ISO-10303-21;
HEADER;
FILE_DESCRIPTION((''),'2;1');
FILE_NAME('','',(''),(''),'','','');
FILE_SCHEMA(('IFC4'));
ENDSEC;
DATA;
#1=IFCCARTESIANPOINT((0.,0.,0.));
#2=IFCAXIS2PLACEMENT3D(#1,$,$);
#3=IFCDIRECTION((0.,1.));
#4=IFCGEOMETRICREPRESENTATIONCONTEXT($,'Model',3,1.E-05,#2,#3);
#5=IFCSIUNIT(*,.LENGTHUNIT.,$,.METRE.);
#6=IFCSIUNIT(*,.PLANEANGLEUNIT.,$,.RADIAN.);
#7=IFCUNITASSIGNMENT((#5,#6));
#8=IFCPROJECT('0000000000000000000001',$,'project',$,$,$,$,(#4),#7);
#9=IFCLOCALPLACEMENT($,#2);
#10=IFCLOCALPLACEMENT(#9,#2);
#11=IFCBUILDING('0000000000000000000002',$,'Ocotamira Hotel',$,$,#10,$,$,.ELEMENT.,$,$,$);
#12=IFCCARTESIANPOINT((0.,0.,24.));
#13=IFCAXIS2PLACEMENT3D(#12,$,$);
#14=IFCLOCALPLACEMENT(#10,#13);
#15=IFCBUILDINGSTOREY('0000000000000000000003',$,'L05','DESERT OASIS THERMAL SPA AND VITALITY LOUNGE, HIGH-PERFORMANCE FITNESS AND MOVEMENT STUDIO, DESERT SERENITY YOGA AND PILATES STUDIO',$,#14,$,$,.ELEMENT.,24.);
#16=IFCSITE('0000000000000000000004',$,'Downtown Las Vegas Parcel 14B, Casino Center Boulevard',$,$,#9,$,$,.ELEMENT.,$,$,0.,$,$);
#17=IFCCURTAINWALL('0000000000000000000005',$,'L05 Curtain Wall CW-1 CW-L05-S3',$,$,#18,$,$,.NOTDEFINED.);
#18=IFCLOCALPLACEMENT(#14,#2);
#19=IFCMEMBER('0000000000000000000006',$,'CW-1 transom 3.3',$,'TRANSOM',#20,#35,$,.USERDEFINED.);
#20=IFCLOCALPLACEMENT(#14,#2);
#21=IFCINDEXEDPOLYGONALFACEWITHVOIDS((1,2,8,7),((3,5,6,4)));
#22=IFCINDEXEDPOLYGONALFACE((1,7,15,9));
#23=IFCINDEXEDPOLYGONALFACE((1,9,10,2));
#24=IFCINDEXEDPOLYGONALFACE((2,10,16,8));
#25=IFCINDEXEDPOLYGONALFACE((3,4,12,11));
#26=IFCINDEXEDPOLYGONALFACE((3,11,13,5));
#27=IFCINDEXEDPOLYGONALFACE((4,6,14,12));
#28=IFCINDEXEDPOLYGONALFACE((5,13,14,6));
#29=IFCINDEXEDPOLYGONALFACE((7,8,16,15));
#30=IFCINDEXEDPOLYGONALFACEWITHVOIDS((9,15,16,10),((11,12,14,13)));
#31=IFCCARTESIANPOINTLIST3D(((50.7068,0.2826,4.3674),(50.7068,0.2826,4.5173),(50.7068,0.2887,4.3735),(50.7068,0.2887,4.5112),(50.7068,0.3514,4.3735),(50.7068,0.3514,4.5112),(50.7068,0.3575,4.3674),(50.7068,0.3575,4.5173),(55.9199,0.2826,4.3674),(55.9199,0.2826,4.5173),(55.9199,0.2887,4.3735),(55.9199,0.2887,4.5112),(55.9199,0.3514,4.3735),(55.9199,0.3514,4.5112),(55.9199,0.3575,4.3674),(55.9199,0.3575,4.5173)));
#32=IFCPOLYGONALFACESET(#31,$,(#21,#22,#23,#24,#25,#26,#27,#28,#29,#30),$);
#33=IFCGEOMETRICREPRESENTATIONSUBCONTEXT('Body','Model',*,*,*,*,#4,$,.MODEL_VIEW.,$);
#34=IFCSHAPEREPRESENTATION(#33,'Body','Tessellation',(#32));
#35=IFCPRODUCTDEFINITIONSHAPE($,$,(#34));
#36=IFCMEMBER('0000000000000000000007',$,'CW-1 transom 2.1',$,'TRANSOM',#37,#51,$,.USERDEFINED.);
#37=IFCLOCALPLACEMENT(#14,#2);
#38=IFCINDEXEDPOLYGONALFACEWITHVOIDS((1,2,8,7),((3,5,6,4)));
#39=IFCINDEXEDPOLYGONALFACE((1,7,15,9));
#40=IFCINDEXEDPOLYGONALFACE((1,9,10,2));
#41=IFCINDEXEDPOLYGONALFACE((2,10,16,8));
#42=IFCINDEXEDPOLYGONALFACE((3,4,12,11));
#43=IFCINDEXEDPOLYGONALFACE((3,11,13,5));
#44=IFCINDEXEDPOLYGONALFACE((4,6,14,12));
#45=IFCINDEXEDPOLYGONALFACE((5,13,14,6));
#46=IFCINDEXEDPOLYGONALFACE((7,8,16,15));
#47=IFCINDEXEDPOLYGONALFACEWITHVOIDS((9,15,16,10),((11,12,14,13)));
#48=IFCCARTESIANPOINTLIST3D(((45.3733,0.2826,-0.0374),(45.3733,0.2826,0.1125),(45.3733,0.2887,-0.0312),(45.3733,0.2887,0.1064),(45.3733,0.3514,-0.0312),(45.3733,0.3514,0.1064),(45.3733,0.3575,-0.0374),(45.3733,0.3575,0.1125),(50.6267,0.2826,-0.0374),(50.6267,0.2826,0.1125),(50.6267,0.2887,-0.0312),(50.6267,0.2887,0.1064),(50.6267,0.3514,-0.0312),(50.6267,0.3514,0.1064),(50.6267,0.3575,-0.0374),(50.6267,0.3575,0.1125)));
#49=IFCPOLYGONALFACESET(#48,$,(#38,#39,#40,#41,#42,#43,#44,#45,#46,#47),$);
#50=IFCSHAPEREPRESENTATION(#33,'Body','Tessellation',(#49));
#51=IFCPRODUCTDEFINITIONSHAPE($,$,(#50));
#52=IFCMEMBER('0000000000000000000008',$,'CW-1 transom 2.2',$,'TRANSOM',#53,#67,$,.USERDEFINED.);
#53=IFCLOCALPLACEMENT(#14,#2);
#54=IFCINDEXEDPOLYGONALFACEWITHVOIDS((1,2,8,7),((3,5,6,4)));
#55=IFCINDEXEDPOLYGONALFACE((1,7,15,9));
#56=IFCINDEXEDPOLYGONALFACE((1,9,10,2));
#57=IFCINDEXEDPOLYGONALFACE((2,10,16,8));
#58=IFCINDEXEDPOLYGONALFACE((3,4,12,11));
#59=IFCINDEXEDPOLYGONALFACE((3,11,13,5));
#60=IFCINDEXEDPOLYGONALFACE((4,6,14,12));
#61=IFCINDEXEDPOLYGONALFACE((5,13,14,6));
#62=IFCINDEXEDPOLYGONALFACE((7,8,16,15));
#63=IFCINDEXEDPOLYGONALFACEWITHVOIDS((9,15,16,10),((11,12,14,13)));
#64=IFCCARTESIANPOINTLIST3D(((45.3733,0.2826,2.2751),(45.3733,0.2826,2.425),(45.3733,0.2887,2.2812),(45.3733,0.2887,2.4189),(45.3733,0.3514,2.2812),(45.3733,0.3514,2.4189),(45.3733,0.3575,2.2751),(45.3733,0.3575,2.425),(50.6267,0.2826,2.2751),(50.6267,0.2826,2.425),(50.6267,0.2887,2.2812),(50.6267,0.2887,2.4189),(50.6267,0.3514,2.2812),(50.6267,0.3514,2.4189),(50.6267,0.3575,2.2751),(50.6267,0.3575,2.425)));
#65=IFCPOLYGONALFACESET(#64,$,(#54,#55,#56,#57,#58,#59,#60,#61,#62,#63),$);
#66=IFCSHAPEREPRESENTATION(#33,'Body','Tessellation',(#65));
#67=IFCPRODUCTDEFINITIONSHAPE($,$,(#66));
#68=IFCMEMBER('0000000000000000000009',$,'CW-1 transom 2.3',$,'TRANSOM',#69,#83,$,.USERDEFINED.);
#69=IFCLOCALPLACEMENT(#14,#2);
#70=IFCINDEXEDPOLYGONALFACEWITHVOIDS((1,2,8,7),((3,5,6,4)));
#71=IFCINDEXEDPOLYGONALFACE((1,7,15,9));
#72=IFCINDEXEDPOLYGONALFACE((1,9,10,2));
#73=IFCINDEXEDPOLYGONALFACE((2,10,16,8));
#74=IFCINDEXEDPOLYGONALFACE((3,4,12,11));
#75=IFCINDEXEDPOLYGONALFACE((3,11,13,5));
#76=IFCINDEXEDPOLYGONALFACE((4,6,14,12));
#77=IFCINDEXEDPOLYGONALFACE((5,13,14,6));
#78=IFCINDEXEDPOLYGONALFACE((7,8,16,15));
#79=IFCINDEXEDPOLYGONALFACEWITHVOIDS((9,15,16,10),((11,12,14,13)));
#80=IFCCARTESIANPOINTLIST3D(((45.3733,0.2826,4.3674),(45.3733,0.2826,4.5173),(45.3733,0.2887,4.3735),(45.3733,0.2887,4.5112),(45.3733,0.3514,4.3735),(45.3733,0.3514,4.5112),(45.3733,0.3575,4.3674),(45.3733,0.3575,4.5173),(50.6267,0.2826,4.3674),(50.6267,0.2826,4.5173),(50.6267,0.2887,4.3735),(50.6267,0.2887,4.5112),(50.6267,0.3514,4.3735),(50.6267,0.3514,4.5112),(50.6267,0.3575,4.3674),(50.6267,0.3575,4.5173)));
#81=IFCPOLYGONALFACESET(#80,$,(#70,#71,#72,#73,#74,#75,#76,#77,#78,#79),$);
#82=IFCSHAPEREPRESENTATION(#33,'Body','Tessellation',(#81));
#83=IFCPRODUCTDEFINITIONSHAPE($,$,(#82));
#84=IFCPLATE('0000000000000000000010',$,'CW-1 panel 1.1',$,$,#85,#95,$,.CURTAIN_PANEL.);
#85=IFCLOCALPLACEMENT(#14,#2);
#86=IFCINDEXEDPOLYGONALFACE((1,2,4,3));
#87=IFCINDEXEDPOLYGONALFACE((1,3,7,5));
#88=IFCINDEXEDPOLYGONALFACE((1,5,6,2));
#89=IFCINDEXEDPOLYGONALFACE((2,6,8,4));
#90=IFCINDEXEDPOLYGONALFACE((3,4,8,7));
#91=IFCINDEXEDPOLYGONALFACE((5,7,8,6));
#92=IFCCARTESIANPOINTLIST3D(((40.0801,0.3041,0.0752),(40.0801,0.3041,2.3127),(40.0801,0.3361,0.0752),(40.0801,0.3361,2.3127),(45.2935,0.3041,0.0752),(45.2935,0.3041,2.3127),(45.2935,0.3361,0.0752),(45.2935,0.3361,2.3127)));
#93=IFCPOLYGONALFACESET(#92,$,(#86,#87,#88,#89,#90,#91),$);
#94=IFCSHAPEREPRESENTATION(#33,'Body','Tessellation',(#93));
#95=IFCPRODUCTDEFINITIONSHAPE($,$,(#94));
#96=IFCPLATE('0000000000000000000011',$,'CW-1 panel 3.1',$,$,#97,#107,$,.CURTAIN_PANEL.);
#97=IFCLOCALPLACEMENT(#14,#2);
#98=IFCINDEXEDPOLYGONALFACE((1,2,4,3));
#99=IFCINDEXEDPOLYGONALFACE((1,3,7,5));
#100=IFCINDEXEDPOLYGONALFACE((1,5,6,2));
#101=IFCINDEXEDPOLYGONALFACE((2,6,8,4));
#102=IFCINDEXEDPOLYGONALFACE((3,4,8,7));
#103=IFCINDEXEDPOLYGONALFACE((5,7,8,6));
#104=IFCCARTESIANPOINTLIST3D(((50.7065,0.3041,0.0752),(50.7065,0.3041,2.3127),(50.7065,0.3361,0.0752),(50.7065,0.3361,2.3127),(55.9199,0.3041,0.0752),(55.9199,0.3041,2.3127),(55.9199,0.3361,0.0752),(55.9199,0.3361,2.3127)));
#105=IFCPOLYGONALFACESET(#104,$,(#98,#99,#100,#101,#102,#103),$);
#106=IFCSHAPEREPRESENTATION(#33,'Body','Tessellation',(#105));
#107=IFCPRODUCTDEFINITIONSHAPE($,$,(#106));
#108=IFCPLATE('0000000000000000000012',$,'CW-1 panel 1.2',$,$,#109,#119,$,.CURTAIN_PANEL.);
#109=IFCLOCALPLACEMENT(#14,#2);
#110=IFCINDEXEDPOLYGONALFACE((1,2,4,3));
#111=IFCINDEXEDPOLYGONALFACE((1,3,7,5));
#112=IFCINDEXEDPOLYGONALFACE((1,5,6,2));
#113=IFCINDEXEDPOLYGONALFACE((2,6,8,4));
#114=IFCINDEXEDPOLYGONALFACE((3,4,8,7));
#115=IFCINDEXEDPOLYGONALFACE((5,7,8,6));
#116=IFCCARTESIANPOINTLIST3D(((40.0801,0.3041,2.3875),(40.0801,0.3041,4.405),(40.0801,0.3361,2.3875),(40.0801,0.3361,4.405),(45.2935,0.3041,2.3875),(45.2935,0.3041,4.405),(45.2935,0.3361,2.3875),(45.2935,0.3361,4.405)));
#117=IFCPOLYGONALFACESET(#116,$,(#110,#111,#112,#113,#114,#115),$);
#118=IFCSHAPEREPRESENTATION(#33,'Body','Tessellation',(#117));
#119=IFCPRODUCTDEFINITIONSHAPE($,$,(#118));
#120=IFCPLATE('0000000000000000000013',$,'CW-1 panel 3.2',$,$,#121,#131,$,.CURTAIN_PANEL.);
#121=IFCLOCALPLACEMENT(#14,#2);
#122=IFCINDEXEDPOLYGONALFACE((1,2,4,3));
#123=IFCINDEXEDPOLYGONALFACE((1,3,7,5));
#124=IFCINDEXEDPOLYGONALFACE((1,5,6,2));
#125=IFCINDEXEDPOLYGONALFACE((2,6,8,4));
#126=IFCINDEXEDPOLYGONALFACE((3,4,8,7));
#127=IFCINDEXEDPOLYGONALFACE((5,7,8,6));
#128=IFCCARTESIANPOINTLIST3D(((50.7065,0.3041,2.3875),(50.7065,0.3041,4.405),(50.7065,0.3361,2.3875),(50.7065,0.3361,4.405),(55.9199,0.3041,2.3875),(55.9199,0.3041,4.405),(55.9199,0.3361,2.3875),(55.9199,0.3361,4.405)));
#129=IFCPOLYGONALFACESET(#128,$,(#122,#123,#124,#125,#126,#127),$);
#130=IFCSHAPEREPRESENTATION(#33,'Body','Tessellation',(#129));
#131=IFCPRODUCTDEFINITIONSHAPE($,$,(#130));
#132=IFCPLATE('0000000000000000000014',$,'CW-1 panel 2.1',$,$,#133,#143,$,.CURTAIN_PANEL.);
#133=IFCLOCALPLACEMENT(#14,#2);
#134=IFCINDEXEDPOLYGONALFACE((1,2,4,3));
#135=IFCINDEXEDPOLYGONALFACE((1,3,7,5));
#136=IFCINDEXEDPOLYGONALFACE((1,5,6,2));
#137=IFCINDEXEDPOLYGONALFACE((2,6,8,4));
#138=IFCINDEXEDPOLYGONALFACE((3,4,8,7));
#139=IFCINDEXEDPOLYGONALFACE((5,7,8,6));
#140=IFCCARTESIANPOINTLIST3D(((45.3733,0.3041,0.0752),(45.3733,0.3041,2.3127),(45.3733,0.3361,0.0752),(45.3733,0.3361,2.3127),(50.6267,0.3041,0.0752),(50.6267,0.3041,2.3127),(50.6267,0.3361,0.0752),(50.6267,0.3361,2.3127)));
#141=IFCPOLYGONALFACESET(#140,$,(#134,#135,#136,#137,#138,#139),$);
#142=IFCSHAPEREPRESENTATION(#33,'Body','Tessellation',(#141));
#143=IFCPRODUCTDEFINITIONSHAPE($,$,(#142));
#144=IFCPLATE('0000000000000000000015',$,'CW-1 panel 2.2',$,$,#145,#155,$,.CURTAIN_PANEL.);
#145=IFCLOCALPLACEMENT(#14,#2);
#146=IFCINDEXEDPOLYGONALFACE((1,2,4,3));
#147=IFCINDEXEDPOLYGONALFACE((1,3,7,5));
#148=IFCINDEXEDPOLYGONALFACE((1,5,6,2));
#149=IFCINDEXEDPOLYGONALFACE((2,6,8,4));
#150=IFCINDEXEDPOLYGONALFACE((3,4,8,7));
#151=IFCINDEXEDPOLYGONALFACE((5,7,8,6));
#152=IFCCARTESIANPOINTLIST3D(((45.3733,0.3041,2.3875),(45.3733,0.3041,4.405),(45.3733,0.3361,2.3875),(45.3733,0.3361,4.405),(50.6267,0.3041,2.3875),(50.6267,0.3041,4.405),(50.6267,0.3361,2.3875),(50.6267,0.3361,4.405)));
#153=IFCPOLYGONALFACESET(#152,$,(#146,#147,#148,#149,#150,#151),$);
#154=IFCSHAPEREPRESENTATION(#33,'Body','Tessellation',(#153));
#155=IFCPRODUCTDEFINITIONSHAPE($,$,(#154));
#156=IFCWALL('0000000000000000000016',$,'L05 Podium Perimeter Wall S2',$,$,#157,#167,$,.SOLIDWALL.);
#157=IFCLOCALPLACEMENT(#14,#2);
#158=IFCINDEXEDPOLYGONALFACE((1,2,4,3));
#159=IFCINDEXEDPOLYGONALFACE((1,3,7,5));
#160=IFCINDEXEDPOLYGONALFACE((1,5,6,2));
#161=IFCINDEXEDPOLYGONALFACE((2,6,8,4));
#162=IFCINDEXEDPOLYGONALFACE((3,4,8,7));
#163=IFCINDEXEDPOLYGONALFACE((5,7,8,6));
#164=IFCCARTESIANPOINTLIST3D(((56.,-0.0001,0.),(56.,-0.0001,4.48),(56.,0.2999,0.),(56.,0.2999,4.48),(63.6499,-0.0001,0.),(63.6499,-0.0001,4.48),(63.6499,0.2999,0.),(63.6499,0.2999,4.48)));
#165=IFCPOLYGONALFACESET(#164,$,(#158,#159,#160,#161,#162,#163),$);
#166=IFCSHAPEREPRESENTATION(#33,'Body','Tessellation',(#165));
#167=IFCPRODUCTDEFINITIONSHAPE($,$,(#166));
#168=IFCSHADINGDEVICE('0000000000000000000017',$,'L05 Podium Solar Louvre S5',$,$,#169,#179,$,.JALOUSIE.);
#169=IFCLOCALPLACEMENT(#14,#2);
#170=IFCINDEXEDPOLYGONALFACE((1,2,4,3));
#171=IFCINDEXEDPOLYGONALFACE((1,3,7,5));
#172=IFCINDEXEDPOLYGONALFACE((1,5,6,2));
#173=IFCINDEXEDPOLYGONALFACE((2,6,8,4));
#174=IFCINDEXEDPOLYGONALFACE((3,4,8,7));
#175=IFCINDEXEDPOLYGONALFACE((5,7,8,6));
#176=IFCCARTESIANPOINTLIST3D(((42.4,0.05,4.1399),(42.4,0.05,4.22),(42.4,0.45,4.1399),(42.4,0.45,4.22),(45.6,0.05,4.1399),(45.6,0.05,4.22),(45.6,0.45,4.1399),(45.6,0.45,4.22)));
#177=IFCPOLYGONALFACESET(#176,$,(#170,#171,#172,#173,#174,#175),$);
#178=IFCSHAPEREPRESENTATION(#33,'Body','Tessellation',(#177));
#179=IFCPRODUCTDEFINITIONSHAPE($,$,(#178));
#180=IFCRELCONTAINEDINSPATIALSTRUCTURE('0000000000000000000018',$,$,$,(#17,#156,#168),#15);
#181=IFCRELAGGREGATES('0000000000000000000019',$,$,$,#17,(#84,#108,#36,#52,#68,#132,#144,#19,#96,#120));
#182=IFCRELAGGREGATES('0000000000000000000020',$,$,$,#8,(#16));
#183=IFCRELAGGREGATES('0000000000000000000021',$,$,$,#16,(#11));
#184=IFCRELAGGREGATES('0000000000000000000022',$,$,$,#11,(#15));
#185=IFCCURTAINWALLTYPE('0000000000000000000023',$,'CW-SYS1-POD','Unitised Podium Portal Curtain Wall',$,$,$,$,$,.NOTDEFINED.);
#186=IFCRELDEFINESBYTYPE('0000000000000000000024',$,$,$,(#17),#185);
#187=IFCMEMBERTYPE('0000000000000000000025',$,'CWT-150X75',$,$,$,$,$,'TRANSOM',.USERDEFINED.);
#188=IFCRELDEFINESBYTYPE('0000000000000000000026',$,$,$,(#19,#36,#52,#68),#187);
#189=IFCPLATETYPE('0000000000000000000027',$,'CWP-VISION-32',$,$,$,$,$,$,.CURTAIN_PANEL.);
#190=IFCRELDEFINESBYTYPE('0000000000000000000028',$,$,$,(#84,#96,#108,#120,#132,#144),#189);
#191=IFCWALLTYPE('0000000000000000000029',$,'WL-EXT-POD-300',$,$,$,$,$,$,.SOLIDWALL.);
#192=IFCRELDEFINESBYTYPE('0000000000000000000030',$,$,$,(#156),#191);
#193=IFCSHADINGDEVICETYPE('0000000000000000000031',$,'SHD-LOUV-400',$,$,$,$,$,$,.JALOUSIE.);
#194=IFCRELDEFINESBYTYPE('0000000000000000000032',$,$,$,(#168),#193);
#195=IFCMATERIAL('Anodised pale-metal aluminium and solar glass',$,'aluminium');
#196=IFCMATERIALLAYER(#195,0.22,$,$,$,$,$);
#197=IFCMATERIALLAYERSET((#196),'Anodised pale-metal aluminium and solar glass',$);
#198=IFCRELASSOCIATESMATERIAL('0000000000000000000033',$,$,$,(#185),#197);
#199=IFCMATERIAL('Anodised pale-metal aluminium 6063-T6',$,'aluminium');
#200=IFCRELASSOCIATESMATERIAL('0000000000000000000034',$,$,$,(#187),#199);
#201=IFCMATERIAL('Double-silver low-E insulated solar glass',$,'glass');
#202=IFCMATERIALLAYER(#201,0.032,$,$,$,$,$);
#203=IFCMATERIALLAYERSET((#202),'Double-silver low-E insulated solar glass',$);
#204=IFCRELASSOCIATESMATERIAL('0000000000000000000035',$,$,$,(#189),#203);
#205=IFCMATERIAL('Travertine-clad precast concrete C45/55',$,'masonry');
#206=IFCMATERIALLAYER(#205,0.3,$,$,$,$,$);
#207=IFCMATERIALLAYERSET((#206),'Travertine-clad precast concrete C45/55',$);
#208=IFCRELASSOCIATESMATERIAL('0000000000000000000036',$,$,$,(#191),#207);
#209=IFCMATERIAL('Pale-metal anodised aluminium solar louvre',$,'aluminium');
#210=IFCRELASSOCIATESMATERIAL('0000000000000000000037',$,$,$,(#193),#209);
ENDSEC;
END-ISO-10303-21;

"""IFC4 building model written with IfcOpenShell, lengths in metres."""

from ifc_helpers import new_model, si_unit, direction, frame, frame_2d, origin, origin_2d, place, context, subcontext, project, spatial, rectangle, hollow_rectangle, extrude, source, transform, mapped, material, layer, layer_set, material_profile, profile_set, type_object, element, aggregate, save


model = new_model("IFC4")

# Units and contexts
model_context = context("Model", 3, precision=1e-05, world=origin(), true_north=direction((0.0, 1.0)))
body_context = subcontext(model_context, "Body", "Model", "MODEL_VIEW")
ifc_project = project(units=[si_unit("LENGTHUNIT", "METRE"), si_unit("PLANEANGLEUNIT", "RADIAN")], contexts=[model_context])

# Site, building, storey
site_placement = place(None, origin())
site = spatial("IfcSite", under=ifc_project, at=site_placement, Name="Downtown Las Vegas Parcel 14B, Casino Center Boulevard", CompositionType="ELEMENT", RefElevation=0.0)
building_placement = place(site_placement, origin())
building = spatial("IfcBuilding", under=site, at=building_placement, Name="Ocotamira Hotel", CompositionType="ELEMENT")
storey_placement = place(building_placement, frame((0.0, 0.0, 24.0)))
storey = spatial("IfcBuildingStorey", under=building, at=storey_placement, Name="L05", Description="DESERT OASIS THERMAL SPA AND VITALITY LOUNGE, HIGH-PERFORMANCE FITNESS AND MOVEMENT STUDIO, DESERT SERENITY YOGA AND PILATES STUDIO", CompositionType="ELEMENT", Elevation=24.0)

# Curtain wall, members, plates
ifc_material_1 = material(Name="Anodised pale-metal aluminium and solar glass", Category="aluminium")
ifc_layer_1 = layer(ifc_material_1, 0.22)
ifc_layer_set_1 = layer_set([ifc_layer_1], Name="Anodised pale-metal aluminium and solar glass")
curtain_wall_type = type_object("IfcCurtainWallType", Name="CW-SYS1-POD", Description="Unitised Podium Portal Curtain Wall", PredefinedType="NOTDEFINED", material=ifc_layer_set_1)
curtain_wall_placement = place(storey_placement, origin())
curtain_wall = element("IfcCurtainWall", 1, at=curtain_wall_placement, inside=storey, type_object=curtain_wall_type, Name="L05 Curtain Wall CW-1 CW-L05-S3", PredefinedType="NOTDEFINED")
ifc_material_2 = material(Name="Anodised pale-metal aluminium 6063-T6", Category="aluminium")
ifc_material_profile_1 = material_profile(ifc_material_2, hollow_rectangle(XDim=0.075, YDim=0.1499, WallThickness=0.0061, at=origin_2d()), Name="HSS150X75X6")
ifc_profile_set_1 = profile_set([ifc_material_profile_1], Name="Anodised pale-metal aluminium 6063-T6")
member_type_1 = type_object("IfcMemberType", Name="CWT-150X75", ElementType="TRANSOM", PredefinedType="USERDEFINED", material=ifc_profile_set_1)
shared_shape_1 = source(origin(), body_context, "Body", "SweptSolid", [
    extrude(hollow_rectangle(XDim=0.075, YDim=0.1499, WallThickness=0.0061, at=origin_2d()), origin(), (0.0, 0.0, 1.0), 5.2131),
])
member_1_placement = place(storey_placement, frame((50.7068, 0.3201, 4.4424), z_axis=(1.0, 0.0, 0.0), x_axis=(0.0, 1.0, 0.0)))
member_1 = element("IfcMember", 2, at=member_1_placement, type_object=member_type_1, Name="CW-1 transom 3.3", ObjectType="TRANSOM", PredefinedType="USERDEFINED", context=body_context, shape_type="MappedRepresentation", body=[
    mapped(shared_shape_1, transform((0.0, 0.0, 0.0), scale=1.0)),
])
shared_shape_2 = source(origin(), body_context, "Body", "SweptSolid", [
    extrude(hollow_rectangle(XDim=0.075, YDim=0.1499, WallThickness=0.0061, at=origin_2d()), origin(), (0.0, 0.0, 1.0), 5.2534),
])
member_2_placement = place(storey_placement, frame((45.3733, 0.3201, 0.0376), z_axis=(1.0, 0.0, 0.0), x_axis=(0.0, 1.0, 0.0)))
member_2 = element("IfcMember", 3, at=member_2_placement, type_object=member_type_1, Name="CW-1 transom 2.1", ObjectType="TRANSOM", PredefinedType="USERDEFINED", context=body_context, shape_type="MappedRepresentation", body=[
    mapped(shared_shape_2, transform((0.0, 0.0, 0.0), scale=1.0)),
])
member_3_placement = place(storey_placement, frame((45.3733, 0.3201, 2.3501), z_axis=(1.0, 0.0, 0.0), x_axis=(0.0, 1.0, 0.0)))
member_3 = element("IfcMember", 4, at=member_3_placement, type_object=member_type_1, Name="CW-1 transom 2.2", ObjectType="TRANSOM", PredefinedType="USERDEFINED", context=body_context, shape_type="MappedRepresentation", body=[
    mapped(shared_shape_2, transform((0.0, 0.0, 0.0), scale=1.0)),
])
member_4_placement = place(storey_placement, frame((45.3733, 0.3201, 4.4424), z_axis=(1.0, 0.0, 0.0), x_axis=(0.0, 1.0, 0.0)))
member_4 = element("IfcMember", 5, at=member_4_placement, type_object=member_type_1, Name="CW-1 transom 2.3", ObjectType="TRANSOM", PredefinedType="USERDEFINED", context=body_context, shape_type="MappedRepresentation", body=[
    mapped(shared_shape_2, transform((0.0, 0.0, 0.0), scale=1.0)),
])
ifc_material_3 = material(Name="Double-silver low-E insulated solar glass", Category="glass")
ifc_layer_2 = layer(ifc_material_3, 0.032)
ifc_layer_set_2 = layer_set([ifc_layer_2], Name="Double-silver low-E insulated solar glass")
plate_type = type_object("IfcPlateType", Name="CWP-VISION-32", PredefinedType="CURTAIN_PANEL", material=ifc_layer_set_2)
shared_shape_3 = source(origin(), body_context, "Body", "SweptSolid", [
    extrude(rectangle(XDim=5.2134, YDim=0.032, at=origin_2d()), origin(), (0.0, 0.0, 1.0), 2.2375),
])
plate_1_placement = place(storey_placement, frame((42.6868, 0.3201, 0.0752), z_axis=(0.0, 0.0, 1.0), x_axis=(1.0, 0.0, 0.0)))
plate_1 = element("IfcPlate", 6, at=plate_1_placement, type_object=plate_type, Name="CW-1 panel 1.1", PredefinedType="CURTAIN_PANEL", context=body_context, shape_type="MappedRepresentation", body=[
    mapped(shared_shape_3, transform((0.0, 0.0, 0.0), scale=1.0)),
])
plate_2_placement = place(storey_placement, frame((53.3132, 0.3201, 0.0752), z_axis=(0.0, 0.0, 1.0), x_axis=(1.0, 0.0, 0.0)))
plate_2 = element("IfcPlate", 7, at=plate_2_placement, type_object=plate_type, Name="CW-1 panel 3.1", PredefinedType="CURTAIN_PANEL", context=body_context, shape_type="MappedRepresentation", body=[
    mapped(shared_shape_3, transform((0.0, 0.0, 0.0), scale=1.0)),
])
shared_shape_4 = source(origin(), body_context, "Body", "SweptSolid", [
    extrude(rectangle(XDim=5.2134, YDim=0.032, at=origin_2d()), origin(), (0.0, 0.0, 1.0), 2.0176),
])
plate_3_placement = place(storey_placement, frame((42.6868, 0.3201, 2.3875), z_axis=(0.0, 0.0, 1.0), x_axis=(1.0, 0.0, 0.0)))
plate_3 = element("IfcPlate", 8, at=plate_3_placement, type_object=plate_type, Name="CW-1 panel 1.2", PredefinedType="CURTAIN_PANEL", context=body_context, shape_type="MappedRepresentation", body=[
    mapped(shared_shape_4, transform((0.0, 0.0, 0.0), scale=1.0)),
])
plate_4_placement = place(storey_placement, frame((53.3132, 0.3201, 2.3875), z_axis=(0.0, 0.0, 1.0), x_axis=(1.0, 0.0, 0.0)))
plate_4 = element("IfcPlate", 9, at=plate_4_placement, type_object=plate_type, Name="CW-1 panel 3.2", PredefinedType="CURTAIN_PANEL", context=body_context, shape_type="MappedRepresentation", body=[
    mapped(shared_shape_4, transform((0.0, 0.0, 0.0), scale=1.0)),
])
shared_shape_5 = source(origin(), body_context, "Body", "SweptSolid", [
    extrude(rectangle(XDim=5.2534, YDim=0.032, at=origin_2d()), origin(), (0.0, 0.0, 1.0), 2.2375),
])
plate_5_placement = place(storey_placement, frame((48.0, 0.3201, 0.0752), z_axis=(0.0, 0.0, 1.0), x_axis=(1.0, 0.0, 0.0)))
plate_5 = element("IfcPlate", 10, at=plate_5_placement, type_object=plate_type, Name="CW-1 panel 2.1", PredefinedType="CURTAIN_PANEL", context=body_context, shape_type="MappedRepresentation", body=[
    mapped(shared_shape_5, transform((0.0, 0.0, 0.0), scale=1.0)),
])
shared_shape_6 = source(origin(), body_context, "Body", "SweptSolid", [
    extrude(rectangle(XDim=5.2534, YDim=0.032, at=origin_2d()), origin(), (0.0, 0.0, 1.0), 2.0176),
])
plate_6_placement = place(storey_placement, frame((48.0, 0.3201, 2.3875), z_axis=(0.0, 0.0, 1.0), x_axis=(1.0, 0.0, 0.0)))
plate_6 = element("IfcPlate", 11, at=plate_6_placement, type_object=plate_type, Name="CW-1 panel 2.2", PredefinedType="CURTAIN_PANEL", context=body_context, shape_type="MappedRepresentation", body=[
    mapped(shared_shape_6, transform((0.0, 0.0, 0.0), scale=1.0)),
])
aggregate(curtain_wall, [plate_1, plate_3, member_2, member_3, member_4, plate_5, plate_6, member_1, plate_2, plate_4])

# Wall
ifc_material_4 = material(Name="Travertine-clad precast concrete C45/55", Category="masonry")
ifc_layer_3 = layer(ifc_material_4, 0.3)
ifc_layer_set_3 = layer_set([ifc_layer_3], Name="Travertine-clad precast concrete C45/55")
wall_type = type_object("IfcWallType", Name="WL-EXT-POD-300", PredefinedType="SOLIDWALL", material=ifc_layer_set_3)
wall_placement = place(storey_placement, frame((56.0, 0.1499, 0.0), z_axis=(0.0, 0.0, 1.0), x_axis=(1.0, 0.0, 0.0)))
element("IfcWall", 12, at=wall_placement, inside=storey, type_object=wall_type, Name="L05 Podium Perimeter Wall S2", PredefinedType="SOLIDWALL", context=body_context, shape_type="SweptSolid", body=[
    extrude(rectangle(XDim=7.6499, YDim=0.3, at=frame_2d((3.825, 0.0))), origin(), (0.0, 0.0, 1.0), 4.48),
])

# Shading device
ifc_material_5 = material(Name="Pale-metal anodised aluminium solar louvre", Category="aluminium")
shading_device_type = type_object("IfcShadingDeviceType", Name="SHD-LOUV-400", PredefinedType="JALOUSIE", material=ifc_material_5)
shared_shape_7 = source(origin(), body_context, "Body", "SweptSolid", [
    extrude(rectangle(XDim=3.2, YDim=0.3999, at=origin_2d()), origin(), (0.0, 0.0, 1.0), 0.0801),
])
for number, where, z_axis, x_axis, name in (
    (13, (44.0, 0.25, 4.1399), (0.0, 0.0, 1.0), (1.0, 0.0, 0.0), "L05 Podium Solar Louvre S5"),
):
    element("IfcShadingDevice", number, at=place(storey_placement, frame(where, z_axis=z_axis, x_axis=x_axis)), inside=storey, type_object=shading_device_type, Name=name, PredefinedType="JALOUSIE", context=body_context, shape_type="MappedRepresentation", body=[
        mapped(shared_shape_7, transform((0.0, 0.0, 0.0), scale=1.0)),
    ])

save(model, "model.ifc")
